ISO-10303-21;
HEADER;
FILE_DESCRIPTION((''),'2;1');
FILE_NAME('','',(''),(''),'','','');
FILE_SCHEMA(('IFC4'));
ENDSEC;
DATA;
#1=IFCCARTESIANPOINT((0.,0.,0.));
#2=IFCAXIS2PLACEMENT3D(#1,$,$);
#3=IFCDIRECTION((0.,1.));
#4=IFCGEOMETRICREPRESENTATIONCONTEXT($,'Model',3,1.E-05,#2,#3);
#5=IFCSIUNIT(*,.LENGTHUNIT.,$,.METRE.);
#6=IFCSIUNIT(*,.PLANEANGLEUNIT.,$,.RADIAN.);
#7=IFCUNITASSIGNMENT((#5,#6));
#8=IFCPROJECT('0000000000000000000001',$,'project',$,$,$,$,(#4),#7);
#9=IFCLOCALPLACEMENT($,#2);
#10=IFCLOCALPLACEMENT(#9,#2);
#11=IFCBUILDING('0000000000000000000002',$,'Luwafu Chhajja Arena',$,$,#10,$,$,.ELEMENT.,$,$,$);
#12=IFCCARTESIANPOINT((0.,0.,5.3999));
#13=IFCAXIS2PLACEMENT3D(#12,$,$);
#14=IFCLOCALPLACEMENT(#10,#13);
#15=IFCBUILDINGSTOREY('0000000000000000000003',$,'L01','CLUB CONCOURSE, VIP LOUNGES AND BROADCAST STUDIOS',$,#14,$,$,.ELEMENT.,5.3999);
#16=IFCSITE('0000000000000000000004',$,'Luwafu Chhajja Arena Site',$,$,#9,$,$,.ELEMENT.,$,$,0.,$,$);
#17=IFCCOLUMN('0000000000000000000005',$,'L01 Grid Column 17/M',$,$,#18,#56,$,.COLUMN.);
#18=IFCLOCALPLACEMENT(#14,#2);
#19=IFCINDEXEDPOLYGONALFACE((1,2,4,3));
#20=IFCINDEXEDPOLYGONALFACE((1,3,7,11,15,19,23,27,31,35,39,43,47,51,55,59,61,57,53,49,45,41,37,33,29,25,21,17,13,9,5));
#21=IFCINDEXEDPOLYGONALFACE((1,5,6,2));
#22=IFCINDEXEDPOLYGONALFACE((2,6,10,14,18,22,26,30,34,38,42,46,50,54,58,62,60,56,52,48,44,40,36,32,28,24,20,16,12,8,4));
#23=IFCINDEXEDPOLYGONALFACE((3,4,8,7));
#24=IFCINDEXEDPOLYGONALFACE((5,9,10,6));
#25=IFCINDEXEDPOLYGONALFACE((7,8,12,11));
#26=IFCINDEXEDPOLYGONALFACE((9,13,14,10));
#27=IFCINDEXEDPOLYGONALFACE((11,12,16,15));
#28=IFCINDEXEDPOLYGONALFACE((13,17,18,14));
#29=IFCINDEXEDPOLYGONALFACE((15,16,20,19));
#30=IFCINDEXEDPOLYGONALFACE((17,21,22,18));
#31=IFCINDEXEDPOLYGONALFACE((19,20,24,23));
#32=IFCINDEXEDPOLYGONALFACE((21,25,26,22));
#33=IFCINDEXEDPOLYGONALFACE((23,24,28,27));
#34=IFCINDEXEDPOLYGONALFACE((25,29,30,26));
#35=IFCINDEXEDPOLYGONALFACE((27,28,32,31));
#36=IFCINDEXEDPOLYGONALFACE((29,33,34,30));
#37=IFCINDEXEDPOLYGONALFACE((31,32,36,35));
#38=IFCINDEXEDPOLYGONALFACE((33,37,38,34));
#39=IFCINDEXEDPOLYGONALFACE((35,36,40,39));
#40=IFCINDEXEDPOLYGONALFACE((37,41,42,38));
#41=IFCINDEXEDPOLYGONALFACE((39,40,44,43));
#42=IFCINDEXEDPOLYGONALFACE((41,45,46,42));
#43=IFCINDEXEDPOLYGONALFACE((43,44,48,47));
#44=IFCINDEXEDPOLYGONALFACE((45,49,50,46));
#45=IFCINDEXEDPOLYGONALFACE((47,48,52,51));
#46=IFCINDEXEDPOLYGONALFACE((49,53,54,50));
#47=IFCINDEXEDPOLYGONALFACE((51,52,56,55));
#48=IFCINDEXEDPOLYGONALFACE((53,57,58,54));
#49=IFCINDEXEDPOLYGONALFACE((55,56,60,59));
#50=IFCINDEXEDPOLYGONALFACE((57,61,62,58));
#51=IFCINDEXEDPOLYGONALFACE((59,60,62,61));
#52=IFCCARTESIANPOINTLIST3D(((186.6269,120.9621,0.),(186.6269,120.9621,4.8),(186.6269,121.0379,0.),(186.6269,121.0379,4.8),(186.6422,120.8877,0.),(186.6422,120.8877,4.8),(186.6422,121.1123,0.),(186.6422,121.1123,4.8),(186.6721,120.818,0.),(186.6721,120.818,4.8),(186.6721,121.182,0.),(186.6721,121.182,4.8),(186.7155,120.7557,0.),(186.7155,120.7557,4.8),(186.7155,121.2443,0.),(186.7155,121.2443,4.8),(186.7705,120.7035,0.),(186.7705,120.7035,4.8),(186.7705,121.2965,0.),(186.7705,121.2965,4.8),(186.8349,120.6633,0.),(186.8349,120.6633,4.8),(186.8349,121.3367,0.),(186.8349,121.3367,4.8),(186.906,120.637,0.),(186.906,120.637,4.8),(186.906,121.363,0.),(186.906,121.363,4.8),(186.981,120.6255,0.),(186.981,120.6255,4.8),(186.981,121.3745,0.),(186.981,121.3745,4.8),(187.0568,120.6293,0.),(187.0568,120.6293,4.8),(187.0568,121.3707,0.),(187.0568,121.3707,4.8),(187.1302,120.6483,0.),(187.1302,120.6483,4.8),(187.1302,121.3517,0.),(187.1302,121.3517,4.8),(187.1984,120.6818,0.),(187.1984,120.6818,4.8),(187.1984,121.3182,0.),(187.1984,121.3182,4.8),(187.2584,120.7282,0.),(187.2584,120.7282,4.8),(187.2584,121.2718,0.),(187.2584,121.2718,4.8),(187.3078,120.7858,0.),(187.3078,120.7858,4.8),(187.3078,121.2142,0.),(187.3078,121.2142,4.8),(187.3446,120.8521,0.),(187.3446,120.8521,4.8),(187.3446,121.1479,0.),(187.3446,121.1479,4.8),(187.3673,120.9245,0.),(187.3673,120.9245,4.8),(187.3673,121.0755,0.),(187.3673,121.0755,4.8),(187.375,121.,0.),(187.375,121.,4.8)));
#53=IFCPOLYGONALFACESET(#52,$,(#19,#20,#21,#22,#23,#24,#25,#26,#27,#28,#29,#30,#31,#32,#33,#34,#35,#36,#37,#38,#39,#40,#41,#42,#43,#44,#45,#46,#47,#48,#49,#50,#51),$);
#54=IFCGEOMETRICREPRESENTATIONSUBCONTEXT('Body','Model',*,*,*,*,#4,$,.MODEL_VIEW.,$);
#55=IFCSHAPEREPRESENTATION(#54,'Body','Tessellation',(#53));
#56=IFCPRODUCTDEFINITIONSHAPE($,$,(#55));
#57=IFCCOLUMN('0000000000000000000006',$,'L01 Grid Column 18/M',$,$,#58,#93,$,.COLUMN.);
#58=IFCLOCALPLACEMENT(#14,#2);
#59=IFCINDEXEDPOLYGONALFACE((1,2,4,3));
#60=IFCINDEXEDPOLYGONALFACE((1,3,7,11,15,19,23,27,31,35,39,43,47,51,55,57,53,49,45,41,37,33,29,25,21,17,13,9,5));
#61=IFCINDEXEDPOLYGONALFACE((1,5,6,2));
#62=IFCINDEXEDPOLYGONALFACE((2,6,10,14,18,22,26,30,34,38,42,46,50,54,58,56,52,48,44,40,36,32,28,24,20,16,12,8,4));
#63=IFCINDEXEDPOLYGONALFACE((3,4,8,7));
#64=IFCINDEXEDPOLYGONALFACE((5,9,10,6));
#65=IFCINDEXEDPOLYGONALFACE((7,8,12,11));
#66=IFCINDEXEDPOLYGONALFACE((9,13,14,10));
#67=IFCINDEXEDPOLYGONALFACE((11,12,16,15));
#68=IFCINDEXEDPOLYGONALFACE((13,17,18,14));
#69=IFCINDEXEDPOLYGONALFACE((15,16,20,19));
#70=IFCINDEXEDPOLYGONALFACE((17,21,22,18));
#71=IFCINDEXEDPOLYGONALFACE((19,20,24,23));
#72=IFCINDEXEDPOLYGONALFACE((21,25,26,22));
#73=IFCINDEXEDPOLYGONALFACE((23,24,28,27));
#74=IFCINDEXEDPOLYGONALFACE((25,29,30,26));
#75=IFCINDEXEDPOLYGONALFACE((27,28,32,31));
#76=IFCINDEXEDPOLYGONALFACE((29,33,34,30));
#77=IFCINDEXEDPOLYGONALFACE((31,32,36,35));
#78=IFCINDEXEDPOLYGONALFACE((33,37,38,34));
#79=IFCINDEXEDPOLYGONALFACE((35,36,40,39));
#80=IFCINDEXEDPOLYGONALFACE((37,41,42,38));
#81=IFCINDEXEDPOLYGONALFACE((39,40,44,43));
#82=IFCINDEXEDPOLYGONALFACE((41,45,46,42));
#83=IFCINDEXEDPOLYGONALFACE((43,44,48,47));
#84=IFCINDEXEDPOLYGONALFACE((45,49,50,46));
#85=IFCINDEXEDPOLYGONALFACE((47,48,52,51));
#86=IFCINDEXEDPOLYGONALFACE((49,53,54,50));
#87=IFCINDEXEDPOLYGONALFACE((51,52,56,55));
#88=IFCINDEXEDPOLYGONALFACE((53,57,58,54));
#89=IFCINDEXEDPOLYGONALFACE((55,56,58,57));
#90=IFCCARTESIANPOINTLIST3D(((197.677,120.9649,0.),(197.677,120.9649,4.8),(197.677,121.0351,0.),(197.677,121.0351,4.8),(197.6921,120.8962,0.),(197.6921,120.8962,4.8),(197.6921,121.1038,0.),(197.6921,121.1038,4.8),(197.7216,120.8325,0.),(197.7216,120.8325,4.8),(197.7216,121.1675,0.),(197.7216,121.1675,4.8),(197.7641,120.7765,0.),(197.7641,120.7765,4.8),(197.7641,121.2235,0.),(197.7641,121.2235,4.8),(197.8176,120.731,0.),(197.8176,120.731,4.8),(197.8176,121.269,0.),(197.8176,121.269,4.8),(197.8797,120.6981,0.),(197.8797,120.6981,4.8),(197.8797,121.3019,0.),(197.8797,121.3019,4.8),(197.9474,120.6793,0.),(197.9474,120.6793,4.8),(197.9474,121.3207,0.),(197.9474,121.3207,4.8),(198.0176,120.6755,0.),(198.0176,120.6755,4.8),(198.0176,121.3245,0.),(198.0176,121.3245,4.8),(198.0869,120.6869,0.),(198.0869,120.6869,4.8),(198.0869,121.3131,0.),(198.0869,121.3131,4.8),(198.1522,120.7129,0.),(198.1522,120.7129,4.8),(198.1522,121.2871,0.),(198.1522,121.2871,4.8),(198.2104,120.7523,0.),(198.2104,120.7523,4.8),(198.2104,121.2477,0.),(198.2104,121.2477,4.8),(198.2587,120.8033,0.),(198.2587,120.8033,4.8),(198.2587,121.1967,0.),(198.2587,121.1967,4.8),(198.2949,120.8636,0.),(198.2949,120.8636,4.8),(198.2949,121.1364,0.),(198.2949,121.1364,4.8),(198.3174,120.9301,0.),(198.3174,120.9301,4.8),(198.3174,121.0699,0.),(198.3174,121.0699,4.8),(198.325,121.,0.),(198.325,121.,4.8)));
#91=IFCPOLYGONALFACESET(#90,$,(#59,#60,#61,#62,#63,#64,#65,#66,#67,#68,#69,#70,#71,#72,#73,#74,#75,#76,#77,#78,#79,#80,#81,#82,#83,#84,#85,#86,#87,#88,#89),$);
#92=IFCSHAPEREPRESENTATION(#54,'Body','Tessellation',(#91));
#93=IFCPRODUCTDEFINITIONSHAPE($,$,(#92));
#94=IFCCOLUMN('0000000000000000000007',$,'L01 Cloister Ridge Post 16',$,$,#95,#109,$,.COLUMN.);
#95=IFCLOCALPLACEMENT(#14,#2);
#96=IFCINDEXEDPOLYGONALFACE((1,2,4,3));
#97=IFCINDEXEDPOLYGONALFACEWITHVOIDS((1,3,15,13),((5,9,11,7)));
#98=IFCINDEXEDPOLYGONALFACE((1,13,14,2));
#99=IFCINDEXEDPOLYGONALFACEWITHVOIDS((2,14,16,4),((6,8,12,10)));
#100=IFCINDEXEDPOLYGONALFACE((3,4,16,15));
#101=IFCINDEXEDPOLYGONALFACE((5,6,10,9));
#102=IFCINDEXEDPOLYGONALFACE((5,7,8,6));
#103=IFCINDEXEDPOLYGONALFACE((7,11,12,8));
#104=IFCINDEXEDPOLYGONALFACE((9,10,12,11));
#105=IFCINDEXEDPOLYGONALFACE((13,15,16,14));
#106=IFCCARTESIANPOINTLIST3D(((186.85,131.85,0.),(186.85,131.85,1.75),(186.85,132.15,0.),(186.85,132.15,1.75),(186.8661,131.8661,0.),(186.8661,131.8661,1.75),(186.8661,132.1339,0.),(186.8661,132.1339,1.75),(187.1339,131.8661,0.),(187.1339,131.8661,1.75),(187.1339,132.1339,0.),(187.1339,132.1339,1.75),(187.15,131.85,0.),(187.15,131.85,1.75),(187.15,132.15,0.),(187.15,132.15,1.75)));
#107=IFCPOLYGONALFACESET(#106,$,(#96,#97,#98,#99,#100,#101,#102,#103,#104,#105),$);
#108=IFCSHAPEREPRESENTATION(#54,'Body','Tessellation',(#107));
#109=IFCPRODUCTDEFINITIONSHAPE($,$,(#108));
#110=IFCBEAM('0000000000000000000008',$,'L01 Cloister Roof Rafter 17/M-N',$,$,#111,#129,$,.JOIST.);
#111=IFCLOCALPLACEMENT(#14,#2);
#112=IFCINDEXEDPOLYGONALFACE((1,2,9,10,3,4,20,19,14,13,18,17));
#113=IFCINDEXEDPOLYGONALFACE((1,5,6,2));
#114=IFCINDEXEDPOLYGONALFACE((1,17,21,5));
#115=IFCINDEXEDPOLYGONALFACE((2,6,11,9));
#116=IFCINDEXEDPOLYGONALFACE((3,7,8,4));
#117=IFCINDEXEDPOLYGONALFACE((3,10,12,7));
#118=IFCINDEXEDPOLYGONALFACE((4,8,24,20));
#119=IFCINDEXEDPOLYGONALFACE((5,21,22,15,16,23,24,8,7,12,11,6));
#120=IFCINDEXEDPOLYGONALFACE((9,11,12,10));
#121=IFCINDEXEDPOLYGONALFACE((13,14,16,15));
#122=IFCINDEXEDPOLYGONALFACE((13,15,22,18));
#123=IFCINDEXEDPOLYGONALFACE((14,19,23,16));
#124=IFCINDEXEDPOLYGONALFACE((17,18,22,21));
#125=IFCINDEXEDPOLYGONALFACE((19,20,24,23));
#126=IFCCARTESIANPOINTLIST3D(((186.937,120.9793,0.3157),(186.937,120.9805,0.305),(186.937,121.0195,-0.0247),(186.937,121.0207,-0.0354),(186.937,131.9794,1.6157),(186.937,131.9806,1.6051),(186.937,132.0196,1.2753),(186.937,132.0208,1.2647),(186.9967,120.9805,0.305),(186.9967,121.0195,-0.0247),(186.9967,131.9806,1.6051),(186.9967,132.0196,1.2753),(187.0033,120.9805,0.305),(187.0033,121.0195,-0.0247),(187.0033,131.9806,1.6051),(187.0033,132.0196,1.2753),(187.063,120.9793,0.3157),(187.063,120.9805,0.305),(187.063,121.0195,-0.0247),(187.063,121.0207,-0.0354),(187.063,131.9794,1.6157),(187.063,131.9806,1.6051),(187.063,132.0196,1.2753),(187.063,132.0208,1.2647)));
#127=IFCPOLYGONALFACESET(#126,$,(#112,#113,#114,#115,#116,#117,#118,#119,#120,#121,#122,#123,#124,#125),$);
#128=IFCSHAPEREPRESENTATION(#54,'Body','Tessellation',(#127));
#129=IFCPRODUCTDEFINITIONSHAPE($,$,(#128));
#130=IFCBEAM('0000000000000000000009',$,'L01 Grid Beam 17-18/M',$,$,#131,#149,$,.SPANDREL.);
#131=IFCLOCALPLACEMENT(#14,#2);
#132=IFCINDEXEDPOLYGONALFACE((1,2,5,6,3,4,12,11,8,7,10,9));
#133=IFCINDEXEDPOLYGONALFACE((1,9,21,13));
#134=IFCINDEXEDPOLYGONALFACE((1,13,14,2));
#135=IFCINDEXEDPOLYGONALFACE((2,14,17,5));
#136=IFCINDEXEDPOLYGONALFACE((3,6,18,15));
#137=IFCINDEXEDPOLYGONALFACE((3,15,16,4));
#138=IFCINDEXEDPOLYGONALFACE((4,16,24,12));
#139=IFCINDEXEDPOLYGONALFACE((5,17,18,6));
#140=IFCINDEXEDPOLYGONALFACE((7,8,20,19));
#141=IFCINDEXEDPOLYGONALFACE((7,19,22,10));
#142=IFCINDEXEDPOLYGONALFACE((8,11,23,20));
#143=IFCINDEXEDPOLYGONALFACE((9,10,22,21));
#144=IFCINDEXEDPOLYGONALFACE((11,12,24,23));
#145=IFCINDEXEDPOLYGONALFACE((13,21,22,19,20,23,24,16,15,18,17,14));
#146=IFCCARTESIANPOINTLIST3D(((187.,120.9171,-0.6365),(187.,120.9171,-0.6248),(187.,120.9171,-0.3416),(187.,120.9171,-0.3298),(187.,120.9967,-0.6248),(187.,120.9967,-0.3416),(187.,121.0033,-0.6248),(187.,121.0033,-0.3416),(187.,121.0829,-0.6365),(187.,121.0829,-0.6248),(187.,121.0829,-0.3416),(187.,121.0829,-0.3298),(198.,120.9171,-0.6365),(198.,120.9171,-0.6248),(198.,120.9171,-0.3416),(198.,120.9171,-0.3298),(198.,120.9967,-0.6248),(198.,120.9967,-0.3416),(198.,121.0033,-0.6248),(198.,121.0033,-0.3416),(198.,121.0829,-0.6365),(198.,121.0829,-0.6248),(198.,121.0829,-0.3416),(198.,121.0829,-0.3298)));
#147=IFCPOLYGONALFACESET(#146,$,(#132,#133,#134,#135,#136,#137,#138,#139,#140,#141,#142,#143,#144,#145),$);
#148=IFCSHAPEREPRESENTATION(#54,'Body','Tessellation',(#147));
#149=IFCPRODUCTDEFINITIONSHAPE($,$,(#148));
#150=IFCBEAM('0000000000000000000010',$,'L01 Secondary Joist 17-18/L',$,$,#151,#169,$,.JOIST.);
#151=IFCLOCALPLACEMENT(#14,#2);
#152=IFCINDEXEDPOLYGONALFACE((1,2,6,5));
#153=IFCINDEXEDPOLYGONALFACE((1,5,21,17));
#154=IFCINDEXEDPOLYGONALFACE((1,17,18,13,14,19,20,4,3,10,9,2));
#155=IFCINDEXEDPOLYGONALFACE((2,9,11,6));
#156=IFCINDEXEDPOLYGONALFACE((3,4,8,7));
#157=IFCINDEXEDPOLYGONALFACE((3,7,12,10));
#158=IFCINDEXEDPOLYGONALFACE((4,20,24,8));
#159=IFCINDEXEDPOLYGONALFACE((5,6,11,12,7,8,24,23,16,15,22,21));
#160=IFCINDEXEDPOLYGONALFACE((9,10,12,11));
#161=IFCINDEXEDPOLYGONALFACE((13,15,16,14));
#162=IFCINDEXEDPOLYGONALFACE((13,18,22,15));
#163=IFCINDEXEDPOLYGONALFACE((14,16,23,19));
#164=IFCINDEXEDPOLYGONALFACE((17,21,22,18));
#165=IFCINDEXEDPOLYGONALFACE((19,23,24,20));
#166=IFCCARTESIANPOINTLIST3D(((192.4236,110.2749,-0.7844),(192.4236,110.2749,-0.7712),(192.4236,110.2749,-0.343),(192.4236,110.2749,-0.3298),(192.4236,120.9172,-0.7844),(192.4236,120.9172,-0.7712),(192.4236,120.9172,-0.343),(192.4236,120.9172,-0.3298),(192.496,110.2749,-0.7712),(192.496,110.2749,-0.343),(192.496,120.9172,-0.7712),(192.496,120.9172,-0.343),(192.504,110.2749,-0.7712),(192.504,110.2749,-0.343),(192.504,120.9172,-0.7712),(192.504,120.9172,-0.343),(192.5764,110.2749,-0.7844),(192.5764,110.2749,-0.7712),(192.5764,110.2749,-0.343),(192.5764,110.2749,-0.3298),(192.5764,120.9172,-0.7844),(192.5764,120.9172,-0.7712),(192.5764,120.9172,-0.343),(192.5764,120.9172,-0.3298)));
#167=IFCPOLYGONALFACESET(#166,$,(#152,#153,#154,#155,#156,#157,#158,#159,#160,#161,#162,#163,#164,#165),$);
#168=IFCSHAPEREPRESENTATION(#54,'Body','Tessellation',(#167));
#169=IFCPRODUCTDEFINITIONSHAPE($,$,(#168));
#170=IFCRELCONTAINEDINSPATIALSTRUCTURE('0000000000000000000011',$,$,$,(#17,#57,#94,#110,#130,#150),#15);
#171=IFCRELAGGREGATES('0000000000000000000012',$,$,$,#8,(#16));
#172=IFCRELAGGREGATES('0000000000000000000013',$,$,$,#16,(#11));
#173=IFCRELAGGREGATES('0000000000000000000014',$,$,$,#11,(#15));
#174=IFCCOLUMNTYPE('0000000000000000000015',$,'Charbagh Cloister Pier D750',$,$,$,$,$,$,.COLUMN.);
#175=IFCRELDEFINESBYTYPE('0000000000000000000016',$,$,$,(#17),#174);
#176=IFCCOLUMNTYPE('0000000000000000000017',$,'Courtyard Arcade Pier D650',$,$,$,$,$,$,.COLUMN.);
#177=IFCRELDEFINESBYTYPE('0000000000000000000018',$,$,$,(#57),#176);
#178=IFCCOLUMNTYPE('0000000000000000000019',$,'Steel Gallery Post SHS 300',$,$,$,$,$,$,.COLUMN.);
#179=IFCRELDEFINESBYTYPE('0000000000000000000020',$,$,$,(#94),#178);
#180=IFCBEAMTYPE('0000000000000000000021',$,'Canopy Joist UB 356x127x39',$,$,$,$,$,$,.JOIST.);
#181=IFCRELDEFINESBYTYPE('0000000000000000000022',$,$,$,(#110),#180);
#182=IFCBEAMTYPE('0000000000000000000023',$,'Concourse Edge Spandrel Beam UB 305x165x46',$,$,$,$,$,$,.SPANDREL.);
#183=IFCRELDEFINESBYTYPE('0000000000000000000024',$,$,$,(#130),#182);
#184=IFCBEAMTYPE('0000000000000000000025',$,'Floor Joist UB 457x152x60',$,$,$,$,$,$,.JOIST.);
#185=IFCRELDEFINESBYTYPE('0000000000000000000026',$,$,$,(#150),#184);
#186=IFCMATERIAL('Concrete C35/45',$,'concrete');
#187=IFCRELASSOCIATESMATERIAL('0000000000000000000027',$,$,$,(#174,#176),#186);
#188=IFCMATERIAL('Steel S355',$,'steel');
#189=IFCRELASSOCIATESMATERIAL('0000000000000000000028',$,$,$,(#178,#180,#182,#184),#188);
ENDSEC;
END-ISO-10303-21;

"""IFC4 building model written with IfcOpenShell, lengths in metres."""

from ifc_helpers import new_model, si_unit, direction, frame, origin, origin_2d, place, context, subcontext, project, spatial, hollow_rectangle, circle, i_section, extrude, material, material_profile, profile_set, type_object, element, save


model = new_model("IFC4")

# Units and contexts
model_context = context("Model", 3, precision=1e-05, world=origin(), true_north=direction((0.0, 1.0)))
body_context = subcontext(model_context, "Body", "Model", "MODEL_VIEW")
ifc_project = project(units=[si_unit("LENGTHUNIT", "METRE"), si_unit("PLANEANGLEUNIT", "RADIAN")], contexts=[model_context])

# Site, building, storey
site_placement = place(None, origin())
site = spatial("IfcSite", under=ifc_project, at=site_placement, Name="Luwafu Chhajja Arena Site", CompositionType="ELEMENT", RefElevation=0.0)
building_placement = place(site_placement, origin())
building = spatial("IfcBuilding", under=site, at=building_placement, Name="Luwafu Chhajja Arena", CompositionType="ELEMENT")
storey_placement = place(building_placement, frame((0.0, 0.0, 5.3999)))
storey = spatial("IfcBuildingStorey", under=building, at=storey_placement, Name="L01", Description="CLUB CONCOURSE, VIP LOUNGES AND BROADCAST STUDIOS", CompositionType="ELEMENT", Elevation=5.3999)

# Columns
ifc_material_1 = material(Name="Concrete C35/45", Category="concrete")
ifc_material_profile_1 = material_profile(ifc_material_1, circle(Radius=0.375, at=origin_2d()), Name="RC COL D750")
ifc_profile_set_1 = profile_set([ifc_material_profile_1], Name="Concrete C35/45")
column_type_1 = type_object("IfcColumnType", Name="Charbagh Cloister Pier D750", PredefinedType="COLUMN", material=ifc_profile_set_1)
column_1_placement = place(storey_placement, frame((187.0, 121.0, 0.0), z_axis=(0.0, 0.0, 1.0), x_axis=(1.0, 0.0, 0.0)))
element("IfcColumn", 1, at=column_1_placement, inside=storey, type_object=column_type_1, Name="L01 Grid Column 17/M", PredefinedType="COLUMN", context=body_context, shape_type="SweptSolid", body=[
    extrude(circle(Radius=0.375, at=origin_2d()), origin(), (0.0, 0.0, 1.0), 4.8),
])
ifc_material_profile_2 = material_profile(ifc_material_1, circle(Radius=0.325, at=origin_2d()), Name="RC COL D650")
ifc_profile_set_2 = profile_set([ifc_material_profile_2], Name="Concrete C35/45")
column_type_2 = type_object("IfcColumnType", Name="Courtyard Arcade Pier D650", PredefinedType="COLUMN", material=ifc_profile_set_2)
column_2_placement = place(storey_placement, frame((198.0, 121.0, 0.0), z_axis=(0.0, 0.0, 1.0), x_axis=(1.0, 0.0, 0.0)))
element("IfcColumn", 2, at=column_2_placement, inside=storey, type_object=column_type_2, Name="L01 Grid Column 18/M", PredefinedType="COLUMN", context=body_context, shape_type="SweptSolid", body=[
    extrude(circle(Radius=0.325, at=origin_2d()), origin(), (0.0, 0.0, 1.0), 4.8),
])
ifc_material_2 = material(Name="Steel S355", Category="steel")
ifc_material_profile_3 = material_profile(ifc_material_2, hollow_rectangle(XDim=0.3, YDim=0.3, WallThickness=0.0161, at=origin_2d()), Name="SHS 300x300x16")
ifc_profile_set_3 = profile_set([ifc_material_profile_3], Name="Steel S355")
column_type_3 = type_object("IfcColumnType", Name="Steel Gallery Post SHS 300", PredefinedType="COLUMN", material=ifc_profile_set_3)
column_3_placement = place(storey_placement, frame((187.0, 132.0, 0.0), z_axis=(0.0, 0.0, 1.0), x_axis=(1.0, 0.0, 0.0)))
element("IfcColumn", 3, at=column_3_placement, inside=storey, type_object=column_type_3, Name="L01 Cloister Ridge Post 16", PredefinedType="COLUMN", context=body_context, shape_type="SweptSolid", body=[
    extrude(hollow_rectangle(XDim=0.3, YDim=0.3, WallThickness=0.0161, at=origin_2d()), origin(), (0.0, 0.0, 1.0), 1.75),
])

# Beams
ifc_material_profile_4 = material_profile(ifc_material_2, i_section(OverallWidth=0.126, OverallDepth=0.3535, WebThickness=0.0066, FlangeThickness=0.0107, at=origin_2d()), Name="UB 356x127x39")
ifc_profile_set_4 = profile_set([ifc_material_profile_4], Name="Steel S355")
beam_type_1 = type_object("IfcBeamType", Name="Canopy Joist UB 356x127x39", PredefinedType="JOIST", material=ifc_profile_set_4)
beam_1_placement = place(storey_placement, frame((187.0, 121.0, 0.1401), z_axis=(0.0, 0.993088, 0.117369), x_axis=(-1.0, 0.0, 0.0)))
element("IfcBeam", 4, at=beam_1_placement, inside=storey, type_object=beam_type_1, Name="L01 Cloister Roof Rafter 17/M-N", PredefinedType="JOIST", context=body_context, shape_type="SweptSolid", body=[
    extrude(i_section(OverallWidth=0.126, OverallDepth=0.3535, WebThickness=0.0066, FlangeThickness=0.0107, at=origin_2d()), origin(), (0.0, 0.0, 1.0), 11.0767),
])
ifc_material_profile_5 = material_profile(ifc_material_2, i_section(OverallWidth=0.1658, OverallDepth=0.3066, WebThickness=0.0066, FlangeThickness=0.0117, at=origin_2d()), Name="UB 305x165x46")
ifc_profile_set_5 = profile_set([ifc_material_profile_5], Name="Steel S355")
beam_type_2 = type_object("IfcBeamType", Name="Concourse Edge Spandrel Beam UB 305x165x46", PredefinedType="SPANDREL", material=ifc_profile_set_5)
beam_2_placement = place(storey_placement, frame((187.0, 121.0, -0.4832), z_axis=(1.0, 0.0, 0.0), x_axis=(0.0, 1.0, 0.0)))
element("IfcBeam", 5, at=beam_2_placement, inside=storey, type_object=beam_type_2, Name="L01 Grid Beam 17-18/M", PredefinedType="SPANDREL", context=body_context, shape_type="SweptSolid", body=[
    extrude(i_section(OverallWidth=0.1658, OverallDepth=0.3066, WebThickness=0.0066, FlangeThickness=0.0117, at=origin_2d()), origin(), (0.0, 0.0, 1.0), 11.0),
])
ifc_material_profile_6 = material_profile(ifc_material_2, i_section(OverallWidth=0.1528, OverallDepth=0.4546, WebThickness=0.0081, FlangeThickness=0.0132, at=origin_2d()), Name="UB 457x152x60")
ifc_profile_set_6 = profile_set([ifc_material_profile_6], Name="Steel S355")
beam_type_3 = type_object("IfcBeamType", Name="Floor Joist UB 457x152x60", PredefinedType="JOIST", material=ifc_profile_set_6)
beam_3_placement = place(storey_placement, frame((192.5, 110.2749, -0.5571), z_axis=(0.0, 1.0, 0.0), x_axis=(-1.0, 0.0, 0.0)))
element("IfcBeam", 6, at=beam_3_placement, inside=storey, type_object=beam_type_3, Name="L01 Secondary Joist 17-18/L", PredefinedType="JOIST", context=body_context, shape_type="SweptSolid", body=[
    extrude(i_section(OverallWidth=0.1528, OverallDepth=0.4546, WebThickness=0.0081, FlangeThickness=0.0132, at=origin_2d()), origin(), (0.0, 0.0, 1.0), 10.6423),
])

save(model, "model.ifc")
